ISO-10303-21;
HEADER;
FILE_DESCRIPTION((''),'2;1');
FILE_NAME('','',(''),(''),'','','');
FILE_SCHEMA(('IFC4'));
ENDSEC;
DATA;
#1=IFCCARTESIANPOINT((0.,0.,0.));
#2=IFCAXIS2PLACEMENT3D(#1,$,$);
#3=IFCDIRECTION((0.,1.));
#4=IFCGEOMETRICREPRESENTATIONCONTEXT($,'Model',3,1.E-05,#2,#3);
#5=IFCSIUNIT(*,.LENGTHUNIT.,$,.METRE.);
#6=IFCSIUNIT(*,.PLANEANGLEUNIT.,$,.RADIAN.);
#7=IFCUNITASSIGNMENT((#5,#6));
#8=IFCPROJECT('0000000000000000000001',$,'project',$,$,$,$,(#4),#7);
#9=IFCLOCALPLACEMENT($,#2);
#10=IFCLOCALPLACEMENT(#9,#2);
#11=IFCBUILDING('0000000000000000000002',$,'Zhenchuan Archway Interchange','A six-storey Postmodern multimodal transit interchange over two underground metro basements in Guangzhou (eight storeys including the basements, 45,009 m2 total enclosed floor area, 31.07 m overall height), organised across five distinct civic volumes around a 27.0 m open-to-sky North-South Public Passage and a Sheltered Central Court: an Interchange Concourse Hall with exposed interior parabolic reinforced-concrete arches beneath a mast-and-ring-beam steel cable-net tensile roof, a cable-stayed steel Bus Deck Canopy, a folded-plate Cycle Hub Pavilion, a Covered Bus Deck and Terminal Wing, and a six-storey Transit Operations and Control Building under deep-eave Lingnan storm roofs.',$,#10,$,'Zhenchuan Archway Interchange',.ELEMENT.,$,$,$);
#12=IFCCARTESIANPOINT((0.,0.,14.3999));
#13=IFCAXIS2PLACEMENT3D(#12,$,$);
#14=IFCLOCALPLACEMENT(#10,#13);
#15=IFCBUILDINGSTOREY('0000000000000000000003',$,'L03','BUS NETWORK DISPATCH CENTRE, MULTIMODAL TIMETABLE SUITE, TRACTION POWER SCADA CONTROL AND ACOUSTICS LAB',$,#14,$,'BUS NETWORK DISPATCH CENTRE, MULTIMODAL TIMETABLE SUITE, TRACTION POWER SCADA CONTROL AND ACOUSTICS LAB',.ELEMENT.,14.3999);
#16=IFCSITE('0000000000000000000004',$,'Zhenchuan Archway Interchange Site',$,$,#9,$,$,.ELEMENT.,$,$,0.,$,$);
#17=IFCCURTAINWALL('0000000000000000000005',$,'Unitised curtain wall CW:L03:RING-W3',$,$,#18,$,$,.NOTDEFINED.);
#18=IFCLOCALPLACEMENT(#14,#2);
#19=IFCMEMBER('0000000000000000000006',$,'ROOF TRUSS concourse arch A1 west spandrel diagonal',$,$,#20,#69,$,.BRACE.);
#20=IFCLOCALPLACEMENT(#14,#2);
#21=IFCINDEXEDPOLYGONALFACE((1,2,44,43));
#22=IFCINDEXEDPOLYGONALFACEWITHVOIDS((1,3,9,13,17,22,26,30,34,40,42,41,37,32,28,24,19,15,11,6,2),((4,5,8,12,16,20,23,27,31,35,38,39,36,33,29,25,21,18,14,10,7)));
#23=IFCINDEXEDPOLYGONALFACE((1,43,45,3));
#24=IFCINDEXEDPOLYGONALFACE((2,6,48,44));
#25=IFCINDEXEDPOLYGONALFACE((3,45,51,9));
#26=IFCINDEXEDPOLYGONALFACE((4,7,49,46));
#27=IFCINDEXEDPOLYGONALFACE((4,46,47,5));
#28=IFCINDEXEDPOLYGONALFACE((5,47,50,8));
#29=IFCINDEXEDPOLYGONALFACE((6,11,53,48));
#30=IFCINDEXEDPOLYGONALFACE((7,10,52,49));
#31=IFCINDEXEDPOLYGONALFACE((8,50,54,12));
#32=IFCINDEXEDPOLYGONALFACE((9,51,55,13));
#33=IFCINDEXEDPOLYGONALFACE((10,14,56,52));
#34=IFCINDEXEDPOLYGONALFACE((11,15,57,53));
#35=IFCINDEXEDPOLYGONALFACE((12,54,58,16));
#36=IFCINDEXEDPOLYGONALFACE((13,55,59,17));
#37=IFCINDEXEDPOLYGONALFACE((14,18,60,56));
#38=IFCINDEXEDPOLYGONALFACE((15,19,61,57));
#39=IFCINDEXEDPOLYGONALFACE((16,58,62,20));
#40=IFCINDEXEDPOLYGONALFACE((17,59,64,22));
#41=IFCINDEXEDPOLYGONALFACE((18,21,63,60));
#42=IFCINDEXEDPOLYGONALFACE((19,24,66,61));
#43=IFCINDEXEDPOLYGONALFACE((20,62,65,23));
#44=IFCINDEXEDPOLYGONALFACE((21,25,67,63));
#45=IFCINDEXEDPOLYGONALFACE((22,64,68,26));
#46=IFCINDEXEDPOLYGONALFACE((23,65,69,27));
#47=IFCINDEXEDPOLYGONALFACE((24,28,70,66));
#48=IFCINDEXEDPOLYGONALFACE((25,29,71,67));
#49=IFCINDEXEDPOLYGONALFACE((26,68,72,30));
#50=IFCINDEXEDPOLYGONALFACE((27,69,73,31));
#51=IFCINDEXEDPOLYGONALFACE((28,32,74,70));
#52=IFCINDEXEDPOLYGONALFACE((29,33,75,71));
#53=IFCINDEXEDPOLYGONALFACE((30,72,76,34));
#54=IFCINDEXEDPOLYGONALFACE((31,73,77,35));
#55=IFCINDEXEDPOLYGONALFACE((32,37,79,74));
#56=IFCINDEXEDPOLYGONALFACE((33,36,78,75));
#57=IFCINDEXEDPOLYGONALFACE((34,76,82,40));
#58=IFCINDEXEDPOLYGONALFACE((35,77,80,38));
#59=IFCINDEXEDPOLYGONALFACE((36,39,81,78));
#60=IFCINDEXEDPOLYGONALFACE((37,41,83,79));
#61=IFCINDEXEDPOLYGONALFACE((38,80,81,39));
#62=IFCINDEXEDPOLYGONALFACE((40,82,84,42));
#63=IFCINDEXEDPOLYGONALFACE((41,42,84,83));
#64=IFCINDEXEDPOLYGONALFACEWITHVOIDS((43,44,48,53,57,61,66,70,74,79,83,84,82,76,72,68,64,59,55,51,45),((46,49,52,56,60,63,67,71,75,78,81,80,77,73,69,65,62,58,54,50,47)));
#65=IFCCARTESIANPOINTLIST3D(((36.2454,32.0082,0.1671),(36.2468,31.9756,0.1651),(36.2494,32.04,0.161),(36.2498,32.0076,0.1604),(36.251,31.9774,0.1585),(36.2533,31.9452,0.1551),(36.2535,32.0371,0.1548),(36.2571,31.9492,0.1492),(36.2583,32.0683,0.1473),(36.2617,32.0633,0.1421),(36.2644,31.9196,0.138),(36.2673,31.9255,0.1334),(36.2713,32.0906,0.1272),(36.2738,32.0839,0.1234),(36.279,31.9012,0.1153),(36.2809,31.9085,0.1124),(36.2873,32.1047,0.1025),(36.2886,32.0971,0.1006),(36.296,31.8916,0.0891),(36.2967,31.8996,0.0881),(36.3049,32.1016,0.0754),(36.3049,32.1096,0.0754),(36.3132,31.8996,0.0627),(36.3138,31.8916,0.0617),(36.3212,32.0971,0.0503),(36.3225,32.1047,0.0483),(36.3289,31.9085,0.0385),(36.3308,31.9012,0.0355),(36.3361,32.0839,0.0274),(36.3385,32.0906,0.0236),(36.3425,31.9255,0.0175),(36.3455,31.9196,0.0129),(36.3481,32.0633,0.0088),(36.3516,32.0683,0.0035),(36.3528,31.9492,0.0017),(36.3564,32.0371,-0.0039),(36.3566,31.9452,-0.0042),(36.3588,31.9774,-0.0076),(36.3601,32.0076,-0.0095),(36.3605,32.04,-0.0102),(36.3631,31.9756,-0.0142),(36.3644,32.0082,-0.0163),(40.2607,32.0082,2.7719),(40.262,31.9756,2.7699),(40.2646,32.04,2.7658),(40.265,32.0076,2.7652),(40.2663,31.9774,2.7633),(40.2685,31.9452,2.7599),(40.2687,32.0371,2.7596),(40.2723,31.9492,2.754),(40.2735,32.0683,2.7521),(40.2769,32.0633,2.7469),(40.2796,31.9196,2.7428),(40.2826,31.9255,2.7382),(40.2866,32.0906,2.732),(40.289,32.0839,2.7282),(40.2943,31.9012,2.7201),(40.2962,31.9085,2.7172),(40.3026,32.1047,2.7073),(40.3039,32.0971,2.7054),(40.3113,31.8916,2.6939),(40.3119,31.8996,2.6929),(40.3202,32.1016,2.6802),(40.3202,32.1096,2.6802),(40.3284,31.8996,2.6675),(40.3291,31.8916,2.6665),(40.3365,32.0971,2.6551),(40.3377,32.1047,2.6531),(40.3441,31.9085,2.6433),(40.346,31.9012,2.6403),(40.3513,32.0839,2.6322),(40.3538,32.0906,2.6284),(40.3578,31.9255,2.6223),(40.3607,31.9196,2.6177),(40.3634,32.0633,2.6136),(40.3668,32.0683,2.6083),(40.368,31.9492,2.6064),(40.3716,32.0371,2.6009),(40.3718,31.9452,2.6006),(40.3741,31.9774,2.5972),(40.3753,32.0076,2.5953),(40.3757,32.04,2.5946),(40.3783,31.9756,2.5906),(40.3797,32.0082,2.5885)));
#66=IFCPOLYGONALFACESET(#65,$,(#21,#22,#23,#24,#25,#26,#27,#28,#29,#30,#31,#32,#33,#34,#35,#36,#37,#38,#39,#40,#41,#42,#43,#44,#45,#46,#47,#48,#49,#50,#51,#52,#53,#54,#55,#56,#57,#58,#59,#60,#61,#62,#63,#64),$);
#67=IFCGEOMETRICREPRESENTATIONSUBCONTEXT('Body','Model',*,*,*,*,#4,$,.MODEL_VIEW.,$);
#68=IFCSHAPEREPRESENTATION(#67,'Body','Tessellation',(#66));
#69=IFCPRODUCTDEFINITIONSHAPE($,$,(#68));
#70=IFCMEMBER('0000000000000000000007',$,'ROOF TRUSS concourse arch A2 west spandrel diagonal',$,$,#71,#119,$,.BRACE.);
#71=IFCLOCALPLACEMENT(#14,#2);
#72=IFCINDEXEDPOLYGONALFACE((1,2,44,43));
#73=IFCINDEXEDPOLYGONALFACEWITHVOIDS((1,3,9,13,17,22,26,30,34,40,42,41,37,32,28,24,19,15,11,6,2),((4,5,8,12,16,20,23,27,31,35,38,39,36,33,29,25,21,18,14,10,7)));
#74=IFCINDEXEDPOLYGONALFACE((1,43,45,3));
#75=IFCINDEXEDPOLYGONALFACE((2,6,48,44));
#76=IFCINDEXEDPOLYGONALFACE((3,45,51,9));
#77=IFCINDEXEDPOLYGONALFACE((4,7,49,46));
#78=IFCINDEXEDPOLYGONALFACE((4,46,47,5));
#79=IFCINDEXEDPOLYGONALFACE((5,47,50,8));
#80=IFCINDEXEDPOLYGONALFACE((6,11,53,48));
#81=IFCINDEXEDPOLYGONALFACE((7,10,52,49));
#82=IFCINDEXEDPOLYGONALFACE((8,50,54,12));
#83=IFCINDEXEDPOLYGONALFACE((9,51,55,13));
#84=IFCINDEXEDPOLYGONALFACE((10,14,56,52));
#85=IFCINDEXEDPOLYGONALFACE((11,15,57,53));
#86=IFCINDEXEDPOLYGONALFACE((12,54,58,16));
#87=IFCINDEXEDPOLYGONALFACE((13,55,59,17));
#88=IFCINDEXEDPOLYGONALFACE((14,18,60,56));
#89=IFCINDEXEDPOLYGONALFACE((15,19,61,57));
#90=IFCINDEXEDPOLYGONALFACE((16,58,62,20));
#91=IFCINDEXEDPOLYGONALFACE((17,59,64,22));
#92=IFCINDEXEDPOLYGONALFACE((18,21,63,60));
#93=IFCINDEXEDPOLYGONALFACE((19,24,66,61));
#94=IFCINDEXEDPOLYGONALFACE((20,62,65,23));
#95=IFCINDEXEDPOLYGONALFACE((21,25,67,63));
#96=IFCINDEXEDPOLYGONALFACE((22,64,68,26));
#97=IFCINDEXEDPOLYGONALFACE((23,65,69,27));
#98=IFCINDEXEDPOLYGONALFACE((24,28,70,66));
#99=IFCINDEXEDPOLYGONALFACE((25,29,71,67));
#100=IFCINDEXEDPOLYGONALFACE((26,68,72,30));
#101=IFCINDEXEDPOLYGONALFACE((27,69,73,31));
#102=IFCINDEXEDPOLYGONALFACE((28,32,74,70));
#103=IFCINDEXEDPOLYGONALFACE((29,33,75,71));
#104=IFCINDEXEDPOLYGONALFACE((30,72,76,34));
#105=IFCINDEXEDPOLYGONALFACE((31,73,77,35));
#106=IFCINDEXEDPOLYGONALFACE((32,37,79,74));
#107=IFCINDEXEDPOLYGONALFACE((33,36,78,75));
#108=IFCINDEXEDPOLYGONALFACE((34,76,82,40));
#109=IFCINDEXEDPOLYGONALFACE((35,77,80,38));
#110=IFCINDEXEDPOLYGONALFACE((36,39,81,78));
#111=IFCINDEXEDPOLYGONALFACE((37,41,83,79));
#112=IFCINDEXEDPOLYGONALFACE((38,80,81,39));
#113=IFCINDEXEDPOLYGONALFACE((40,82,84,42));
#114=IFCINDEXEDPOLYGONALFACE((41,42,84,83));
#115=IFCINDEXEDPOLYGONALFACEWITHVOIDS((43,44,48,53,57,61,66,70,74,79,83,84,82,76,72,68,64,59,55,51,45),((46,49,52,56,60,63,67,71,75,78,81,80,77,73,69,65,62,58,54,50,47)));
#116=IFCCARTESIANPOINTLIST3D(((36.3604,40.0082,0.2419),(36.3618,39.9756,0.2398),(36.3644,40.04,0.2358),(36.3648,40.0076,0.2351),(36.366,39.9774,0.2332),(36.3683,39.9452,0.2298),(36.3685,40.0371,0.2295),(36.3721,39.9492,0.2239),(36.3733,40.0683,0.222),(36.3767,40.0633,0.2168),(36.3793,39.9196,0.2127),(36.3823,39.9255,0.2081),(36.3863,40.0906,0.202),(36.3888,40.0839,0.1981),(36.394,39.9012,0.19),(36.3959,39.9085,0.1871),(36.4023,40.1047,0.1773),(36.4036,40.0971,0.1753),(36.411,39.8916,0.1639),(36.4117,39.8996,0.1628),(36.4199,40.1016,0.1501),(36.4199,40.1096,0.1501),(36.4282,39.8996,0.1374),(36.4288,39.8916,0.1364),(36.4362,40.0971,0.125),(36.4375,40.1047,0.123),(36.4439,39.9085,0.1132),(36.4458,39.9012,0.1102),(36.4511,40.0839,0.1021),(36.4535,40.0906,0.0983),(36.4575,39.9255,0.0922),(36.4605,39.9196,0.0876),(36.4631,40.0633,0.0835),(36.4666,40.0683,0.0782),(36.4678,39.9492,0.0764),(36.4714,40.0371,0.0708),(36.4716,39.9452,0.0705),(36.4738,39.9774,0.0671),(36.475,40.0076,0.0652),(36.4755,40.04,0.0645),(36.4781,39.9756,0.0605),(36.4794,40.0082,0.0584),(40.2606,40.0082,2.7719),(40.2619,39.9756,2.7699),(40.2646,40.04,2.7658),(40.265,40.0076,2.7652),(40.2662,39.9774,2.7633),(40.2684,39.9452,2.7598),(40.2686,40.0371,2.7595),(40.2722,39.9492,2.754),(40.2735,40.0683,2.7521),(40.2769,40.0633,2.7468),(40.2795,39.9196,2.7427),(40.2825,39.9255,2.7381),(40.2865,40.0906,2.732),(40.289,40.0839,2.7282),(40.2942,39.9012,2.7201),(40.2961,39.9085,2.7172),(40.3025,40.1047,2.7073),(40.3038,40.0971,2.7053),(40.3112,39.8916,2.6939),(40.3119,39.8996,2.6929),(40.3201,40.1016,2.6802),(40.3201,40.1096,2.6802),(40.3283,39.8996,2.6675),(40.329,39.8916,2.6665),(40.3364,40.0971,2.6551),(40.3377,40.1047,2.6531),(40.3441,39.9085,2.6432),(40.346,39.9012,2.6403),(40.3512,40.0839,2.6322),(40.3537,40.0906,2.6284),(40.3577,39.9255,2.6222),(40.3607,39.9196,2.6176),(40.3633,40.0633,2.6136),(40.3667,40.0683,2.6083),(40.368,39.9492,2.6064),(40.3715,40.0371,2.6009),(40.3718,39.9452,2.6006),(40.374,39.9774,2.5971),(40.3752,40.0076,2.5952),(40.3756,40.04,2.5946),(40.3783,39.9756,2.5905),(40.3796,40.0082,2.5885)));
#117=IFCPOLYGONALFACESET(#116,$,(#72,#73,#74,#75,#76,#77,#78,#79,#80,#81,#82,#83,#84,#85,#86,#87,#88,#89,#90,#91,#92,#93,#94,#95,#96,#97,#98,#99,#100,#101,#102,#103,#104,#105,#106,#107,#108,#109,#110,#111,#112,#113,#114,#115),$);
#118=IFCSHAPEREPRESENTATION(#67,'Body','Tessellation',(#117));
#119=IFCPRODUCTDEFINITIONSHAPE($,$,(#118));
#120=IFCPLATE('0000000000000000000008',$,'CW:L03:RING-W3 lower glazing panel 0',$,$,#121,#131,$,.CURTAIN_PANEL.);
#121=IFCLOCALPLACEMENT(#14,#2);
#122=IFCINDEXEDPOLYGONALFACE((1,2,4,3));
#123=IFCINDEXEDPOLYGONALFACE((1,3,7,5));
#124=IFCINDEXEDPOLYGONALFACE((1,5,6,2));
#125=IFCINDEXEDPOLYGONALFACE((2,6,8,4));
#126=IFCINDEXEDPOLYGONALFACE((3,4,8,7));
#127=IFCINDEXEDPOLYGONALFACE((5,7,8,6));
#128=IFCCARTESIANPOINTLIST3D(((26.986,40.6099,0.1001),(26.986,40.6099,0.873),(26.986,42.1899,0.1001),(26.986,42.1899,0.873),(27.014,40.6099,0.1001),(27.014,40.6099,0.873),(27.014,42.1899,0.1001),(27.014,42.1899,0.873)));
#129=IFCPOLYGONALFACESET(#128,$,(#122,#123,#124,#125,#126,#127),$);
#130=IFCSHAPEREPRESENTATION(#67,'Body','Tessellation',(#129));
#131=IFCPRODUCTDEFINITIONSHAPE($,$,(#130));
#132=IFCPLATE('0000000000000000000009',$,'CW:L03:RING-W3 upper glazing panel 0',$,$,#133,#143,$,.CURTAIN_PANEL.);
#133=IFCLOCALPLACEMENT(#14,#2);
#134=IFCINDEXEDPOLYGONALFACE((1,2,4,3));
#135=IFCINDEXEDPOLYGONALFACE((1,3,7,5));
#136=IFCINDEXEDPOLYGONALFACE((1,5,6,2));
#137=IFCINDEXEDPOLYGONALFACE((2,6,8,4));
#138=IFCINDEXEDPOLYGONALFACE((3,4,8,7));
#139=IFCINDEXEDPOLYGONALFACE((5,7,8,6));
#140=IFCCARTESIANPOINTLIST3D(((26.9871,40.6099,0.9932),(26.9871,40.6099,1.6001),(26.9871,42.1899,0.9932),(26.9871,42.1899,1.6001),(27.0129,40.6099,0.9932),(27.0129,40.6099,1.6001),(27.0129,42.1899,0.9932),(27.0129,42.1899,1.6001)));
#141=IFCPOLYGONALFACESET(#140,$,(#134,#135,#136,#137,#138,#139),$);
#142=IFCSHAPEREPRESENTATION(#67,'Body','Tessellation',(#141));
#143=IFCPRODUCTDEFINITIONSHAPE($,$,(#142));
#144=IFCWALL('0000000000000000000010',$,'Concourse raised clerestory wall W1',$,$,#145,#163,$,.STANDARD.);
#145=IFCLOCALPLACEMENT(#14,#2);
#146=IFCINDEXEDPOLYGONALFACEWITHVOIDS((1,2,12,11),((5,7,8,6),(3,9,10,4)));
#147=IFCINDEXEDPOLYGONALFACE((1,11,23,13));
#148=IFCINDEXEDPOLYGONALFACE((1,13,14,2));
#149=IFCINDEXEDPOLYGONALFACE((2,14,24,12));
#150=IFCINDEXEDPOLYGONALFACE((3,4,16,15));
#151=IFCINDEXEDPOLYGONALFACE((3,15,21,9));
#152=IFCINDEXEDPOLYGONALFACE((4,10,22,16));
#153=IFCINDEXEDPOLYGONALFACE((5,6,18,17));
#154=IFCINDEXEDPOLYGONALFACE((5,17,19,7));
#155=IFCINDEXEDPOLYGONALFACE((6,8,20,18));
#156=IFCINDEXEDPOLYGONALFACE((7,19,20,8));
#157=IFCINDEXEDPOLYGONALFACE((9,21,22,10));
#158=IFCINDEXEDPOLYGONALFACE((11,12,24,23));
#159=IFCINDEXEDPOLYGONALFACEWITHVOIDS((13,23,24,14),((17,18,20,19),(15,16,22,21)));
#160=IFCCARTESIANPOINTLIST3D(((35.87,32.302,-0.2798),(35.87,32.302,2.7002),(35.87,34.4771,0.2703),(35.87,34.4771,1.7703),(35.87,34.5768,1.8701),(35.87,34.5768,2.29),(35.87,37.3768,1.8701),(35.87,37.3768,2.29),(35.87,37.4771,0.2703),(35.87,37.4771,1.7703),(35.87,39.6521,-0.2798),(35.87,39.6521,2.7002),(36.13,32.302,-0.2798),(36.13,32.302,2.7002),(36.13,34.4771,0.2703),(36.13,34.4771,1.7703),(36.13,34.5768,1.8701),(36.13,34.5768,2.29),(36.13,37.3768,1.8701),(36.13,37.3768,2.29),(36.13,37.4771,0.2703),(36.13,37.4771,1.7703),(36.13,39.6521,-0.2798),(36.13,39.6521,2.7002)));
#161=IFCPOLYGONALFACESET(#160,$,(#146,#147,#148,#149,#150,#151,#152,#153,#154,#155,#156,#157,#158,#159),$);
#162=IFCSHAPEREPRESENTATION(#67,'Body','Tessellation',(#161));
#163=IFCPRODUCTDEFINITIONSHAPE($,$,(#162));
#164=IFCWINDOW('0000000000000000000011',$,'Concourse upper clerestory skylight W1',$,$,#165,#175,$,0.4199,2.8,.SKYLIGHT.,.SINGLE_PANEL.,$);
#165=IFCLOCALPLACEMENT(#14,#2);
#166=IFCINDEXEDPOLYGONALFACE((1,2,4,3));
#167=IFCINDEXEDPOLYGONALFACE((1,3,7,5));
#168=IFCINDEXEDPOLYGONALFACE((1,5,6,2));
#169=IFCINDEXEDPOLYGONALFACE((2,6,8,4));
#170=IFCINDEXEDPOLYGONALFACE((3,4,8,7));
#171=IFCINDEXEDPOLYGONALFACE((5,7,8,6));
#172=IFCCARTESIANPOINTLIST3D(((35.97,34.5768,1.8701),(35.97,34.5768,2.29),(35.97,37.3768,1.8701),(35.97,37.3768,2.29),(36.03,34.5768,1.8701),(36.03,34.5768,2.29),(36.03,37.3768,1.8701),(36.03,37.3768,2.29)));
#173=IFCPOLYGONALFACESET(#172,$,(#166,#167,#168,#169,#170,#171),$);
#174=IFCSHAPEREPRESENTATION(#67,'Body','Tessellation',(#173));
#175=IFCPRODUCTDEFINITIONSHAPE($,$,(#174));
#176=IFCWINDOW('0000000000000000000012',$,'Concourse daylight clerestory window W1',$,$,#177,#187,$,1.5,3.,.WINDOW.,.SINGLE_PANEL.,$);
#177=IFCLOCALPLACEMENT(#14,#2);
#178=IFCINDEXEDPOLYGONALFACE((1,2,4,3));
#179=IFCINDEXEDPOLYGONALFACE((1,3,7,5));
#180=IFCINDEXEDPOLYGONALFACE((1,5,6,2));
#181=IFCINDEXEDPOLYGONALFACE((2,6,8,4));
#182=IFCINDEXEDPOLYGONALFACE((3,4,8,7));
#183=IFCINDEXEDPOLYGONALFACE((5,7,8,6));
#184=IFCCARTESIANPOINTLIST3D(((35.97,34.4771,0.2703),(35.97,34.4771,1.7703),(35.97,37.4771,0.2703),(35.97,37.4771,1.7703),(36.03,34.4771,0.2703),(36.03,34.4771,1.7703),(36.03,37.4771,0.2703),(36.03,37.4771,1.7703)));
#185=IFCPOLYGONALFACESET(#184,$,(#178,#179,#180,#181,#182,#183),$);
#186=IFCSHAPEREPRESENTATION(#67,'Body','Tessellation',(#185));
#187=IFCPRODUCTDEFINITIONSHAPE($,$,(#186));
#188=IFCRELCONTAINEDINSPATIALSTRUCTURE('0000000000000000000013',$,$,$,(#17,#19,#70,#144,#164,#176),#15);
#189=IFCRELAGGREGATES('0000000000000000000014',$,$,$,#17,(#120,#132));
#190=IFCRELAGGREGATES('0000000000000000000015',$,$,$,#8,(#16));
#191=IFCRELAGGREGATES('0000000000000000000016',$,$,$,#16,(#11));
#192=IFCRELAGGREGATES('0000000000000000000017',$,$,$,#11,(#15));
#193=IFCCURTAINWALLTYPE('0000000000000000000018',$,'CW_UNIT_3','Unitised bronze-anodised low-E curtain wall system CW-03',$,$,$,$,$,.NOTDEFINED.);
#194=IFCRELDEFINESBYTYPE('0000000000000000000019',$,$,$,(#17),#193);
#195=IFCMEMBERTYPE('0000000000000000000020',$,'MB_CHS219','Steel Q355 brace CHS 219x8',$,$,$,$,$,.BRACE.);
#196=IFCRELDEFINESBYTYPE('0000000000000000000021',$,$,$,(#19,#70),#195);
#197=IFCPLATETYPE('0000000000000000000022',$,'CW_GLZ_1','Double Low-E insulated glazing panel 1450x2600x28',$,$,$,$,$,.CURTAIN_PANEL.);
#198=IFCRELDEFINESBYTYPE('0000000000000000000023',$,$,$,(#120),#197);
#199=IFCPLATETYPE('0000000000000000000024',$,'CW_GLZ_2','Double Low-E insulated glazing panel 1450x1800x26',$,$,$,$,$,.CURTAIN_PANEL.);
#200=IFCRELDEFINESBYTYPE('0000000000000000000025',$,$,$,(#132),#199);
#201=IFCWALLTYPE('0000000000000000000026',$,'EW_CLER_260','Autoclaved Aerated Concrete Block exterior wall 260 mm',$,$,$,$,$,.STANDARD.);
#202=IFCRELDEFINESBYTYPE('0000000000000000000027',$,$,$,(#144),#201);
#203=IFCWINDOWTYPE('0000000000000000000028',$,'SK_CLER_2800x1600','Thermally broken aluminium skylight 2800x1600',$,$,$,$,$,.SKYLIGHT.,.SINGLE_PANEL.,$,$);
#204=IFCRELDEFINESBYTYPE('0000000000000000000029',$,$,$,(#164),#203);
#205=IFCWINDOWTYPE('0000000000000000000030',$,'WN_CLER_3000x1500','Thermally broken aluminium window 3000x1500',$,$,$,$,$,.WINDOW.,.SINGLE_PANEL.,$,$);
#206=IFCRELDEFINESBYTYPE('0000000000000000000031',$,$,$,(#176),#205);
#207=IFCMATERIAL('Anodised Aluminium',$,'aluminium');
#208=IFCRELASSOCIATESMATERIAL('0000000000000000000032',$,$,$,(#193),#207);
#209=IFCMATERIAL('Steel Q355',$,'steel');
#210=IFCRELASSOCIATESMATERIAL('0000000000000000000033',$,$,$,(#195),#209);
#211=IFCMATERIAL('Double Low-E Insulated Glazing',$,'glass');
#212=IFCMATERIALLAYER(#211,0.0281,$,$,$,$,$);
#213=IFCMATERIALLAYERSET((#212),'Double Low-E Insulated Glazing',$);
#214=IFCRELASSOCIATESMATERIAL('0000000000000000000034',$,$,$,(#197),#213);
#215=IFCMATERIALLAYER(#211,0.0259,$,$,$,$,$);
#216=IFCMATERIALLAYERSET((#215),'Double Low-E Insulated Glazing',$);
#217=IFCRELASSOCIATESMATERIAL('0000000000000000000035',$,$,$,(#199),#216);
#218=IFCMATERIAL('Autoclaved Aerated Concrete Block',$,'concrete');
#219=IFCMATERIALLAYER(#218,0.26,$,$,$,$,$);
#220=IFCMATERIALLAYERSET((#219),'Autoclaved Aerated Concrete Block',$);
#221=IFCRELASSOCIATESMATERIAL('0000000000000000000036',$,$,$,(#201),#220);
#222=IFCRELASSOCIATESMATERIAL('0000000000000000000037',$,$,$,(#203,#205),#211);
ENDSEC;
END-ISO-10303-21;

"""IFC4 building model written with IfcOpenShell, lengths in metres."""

from ifc_helpers import new_model, si_unit, direction, frame, frame_2d, origin, origin_2d, place, context, subcontext, project, spatial, rectangle, hollow_circle, extrude, material, layer, layer_set, material_profile, profile_set, type_object, element, fill, aggregate, save


model = new_model("IFC4")

# Units and contexts
model_context = context("Model", 3, precision=1e-05, world=origin(), true_north=direction((0.0, 1.0)))
body_context = subcontext(model_context, "Body", "Model", "MODEL_VIEW")
ifc_project = project(units=[si_unit("LENGTHUNIT", "METRE"), si_unit("PLANEANGLEUNIT", "RADIAN")], contexts=[model_context])

# Site, building, storey
site_placement = place(None, origin())
site = spatial("IfcSite", under=ifc_project, at=site_placement, Name="Zhenchuan Archway Interchange Site", CompositionType="ELEMENT", RefElevation=0.0)
building_placement = place(site_placement, origin())
building = spatial("IfcBuilding", under=site, at=building_placement, Name="Zhenchuan Archway Interchange", Description="A six-storey Postmodern multimodal transit interchange over two underground metro basements in Guangzhou (eight storeys including the basements, 45,009 m2 total enclosed floor area, 31.07 m overall height), organised across five distinct civic volumes around a 27.0 m open-to-sky North-South Public Passage and a Sheltered Central Court: an Interchange Concourse Hall with exposed interior parabolic reinforced-concrete arches beneath a mast-and-ring-beam steel cable-net tensile roof, a cable-stayed steel Bus Deck Canopy, a folded-plate Cycle Hub Pavilion, a Covered Bus Deck and Terminal Wing, and a six-storey Transit Operations and Control Building under deep-eave Lingnan storm roofs.", LongName="Zhenchuan Archway Interchange", CompositionType="ELEMENT")
storey_placement = place(building_placement, frame((0.0, 0.0, 14.3999)))
storey = spatial("IfcBuildingStorey", under=building, at=storey_placement, Name="L03", Description="BUS NETWORK DISPATCH CENTRE, MULTIMODAL TIMETABLE SUITE, TRACTION POWER SCADA CONTROL AND ACOUSTICS LAB", LongName="BUS NETWORK DISPATCH CENTRE, MULTIMODAL TIMETABLE SUITE, TRACTION POWER SCADA CONTROL AND ACOUSTICS LAB", CompositionType="ELEMENT", Elevation=14.3999)

# Shared definitions
ifc_material_1 = material(Name="Steel Q355", Category="steel")

# Curtain wall
ifc_material_2 = material(Name="Anodised Aluminium", Category="aluminium")
curtain_wall_type = type_object("IfcCurtainWallType", Name="CW_UNIT_3", Description="Unitised bronze-anodised low-E curtain wall system CW-03", PredefinedType="NOTDEFINED", material=ifc_material_2)
curtain_wall_placement = place(storey_placement, origin())
curtain_wall = element("IfcCurtainWall", 1, at=curtain_wall_placement, inside=storey, type_object=curtain_wall_type, Name="Unitised curtain wall CW:L03:RING-W3", PredefinedType="NOTDEFINED")

# Members
ifc_material_profile_1 = material_profile(ifc_material_1, hollow_circle(Radius=0.1096, WallThickness=0.0081, at=origin_2d()), Name="CHS 219x8")
ifc_profile_set_1 = profile_set([ifc_material_profile_1], Name="Steel Q355")
member_type_1 = type_object("IfcMemberType", Name="MB_CHS219", Description="Steel Q355 brace CHS 219x8", PredefinedType="BRACE", material=ifc_profile_set_1)
member_1_placement = place(storey_placement, frame((36.3049, 32.0, 0.0754), z_axis=(0.83893, 0.0, 0.544239), x_axis=(0.0, 1.0, 0.0)))
element("IfcMember", 2, at=member_1_placement, inside=storey, type_object=member_type_1, Name="ROOF TRUSS concourse arch A1 west spandrel diagonal", PredefinedType="BRACE", context=body_context, shape_type="SweptSolid", body=[
    extrude(hollow_circle(Radius=0.1096, WallThickness=0.0081, at=origin_2d()), origin(), (0.0, 0.0, 1.0), 4.7861),
])
member_2_placement = place(storey_placement, frame((36.4199, 40.0, 0.1501), z_axis=(0.838941, 0.0, 0.544222), x_axis=(0.0, 1.0, 0.0)))
element("IfcMember", 3, at=member_2_placement, inside=storey, type_object=member_type_1, Name="ROOF TRUSS concourse arch A2 west spandrel diagonal", PredefinedType="BRACE", context=body_context, shape_type="SweptSolid", body=[
    extrude(hollow_circle(Radius=0.1096, WallThickness=0.0081, at=origin_2d()), origin(), (0.0, 0.0, 1.0), 4.6489),
])

# Plates
ifc_material_3 = material(Name="Double Low-E Insulated Glazing", Category="glass")
ifc_layer_1 = layer(ifc_material_3, 0.0281)
ifc_layer_set_1 = layer_set([ifc_layer_1], Name="Double Low-E Insulated Glazing")
plate_type_1 = type_object("IfcPlateType", Name="CW_GLZ_1", Description="Double Low-E insulated glazing panel 1450x2600x28", PredefinedType="CURTAIN_PANEL", material=ifc_layer_set_1)
plate_1_placement = place(storey_placement, frame((27.0, 41.3999, 0.1001), z_axis=(0.0, 0.0, 1.0), x_axis=(0.0, 1.0, 0.0)))
plate_1 = element("IfcPlate", 4, at=plate_1_placement, type_object=plate_type_1, Name="CW:L03:RING-W3 lower glazing panel 0", PredefinedType="CURTAIN_PANEL", context=body_context, shape_type="SweptSolid", body=[
    extrude(rectangle(XDim=1.5801, YDim=0.0281, at=origin_2d()), origin(), (0.0, 0.0, 1.0), 0.7729),
])
ifc_layer_2 = layer(ifc_material_3, 0.0259)
ifc_layer_set_2 = layer_set([ifc_layer_2], Name="Double Low-E Insulated Glazing")
plate_type_2 = type_object("IfcPlateType", Name="CW_GLZ_2", Description="Double Low-E insulated glazing panel 1450x1800x26", PredefinedType="CURTAIN_PANEL", material=ifc_layer_set_2)
plate_2_placement = place(storey_placement, frame((27.0, 41.3999, 0.9932), z_axis=(0.0, 0.0, 1.0), x_axis=(0.0, 1.0, 0.0)))
plate_2 = element("IfcPlate", 5, at=plate_2_placement, type_object=plate_type_2, Name="CW:L03:RING-W3 upper glazing panel 0", PredefinedType="CURTAIN_PANEL", context=body_context, shape_type="SweptSolid", body=[
    extrude(rectangle(XDim=1.5801, YDim=0.0259, at=origin_2d()), origin(), (0.0, 0.0, 1.0), 0.6069),
])
aggregate(curtain_wall, [plate_1, plate_2])

# Wall, openings, windows
ifc_material_4 = material(Name="Autoclaved Aerated Concrete Block", Category="concrete")
ifc_layer_3 = layer(ifc_material_4, 0.26)
ifc_layer_set_3 = layer_set([ifc_layer_3], Name="Autoclaved Aerated Concrete Block")
wall_type = type_object("IfcWallType", Name="EW_CLER_260", Description="Autoclaved Aerated Concrete Block exterior wall 260 mm", PredefinedType="STANDARD", material=ifc_layer_set_3)
wall_1_placement = place(storey_placement, frame((36.0, 32.302, -0.2798), z_axis=(0.0, 0.0, 1.0), x_axis=(0.0, 1.0, 0.0)))
wall_1 = element("IfcWall", 6, at=wall_1_placement, inside=storey, type_object=wall_type, Name="Concourse raised clerestory wall W1", PredefinedType="STANDARD", context=body_context, shape_type="SweptSolid", body=[
    extrude(rectangle(XDim=7.3501, YDim=0.26, at=frame_2d((3.675, 0.0))), origin(), (0.0, 0.0, 1.0), 2.98),
])
opening_1_placement = place(wall_1_placement, frame((2.175, 0.0, 0.55)))
opening_1 = element("IfcOpeningElement", 7, at=opening_1_placement, cuts=wall_1, PredefinedType="OPENING", context=body_context, shape_type="SweptSolid", body=[
    extrude(rectangle(XDim=3.0, YDim=1.5, at=frame_2d((1.5, 0.75))), frame((0.0, 0.1421, 0.0), z_axis=(0.0, -1.0, 0.0), x_axis=(1.0, 0.0, 0.0)), (0.0, 0.0, 1.0), 0.2839),
])
opening_2_placement = place(wall_1_placement, frame((2.2749, 0.0, 2.1499)))
opening_2 = element("IfcOpeningElement", 8, at=opening_2_placement, cuts=wall_1, PredefinedType="OPENING", context=body_context, shape_type="SweptSolid", body=[
    extrude(rectangle(XDim=2.8, YDim=0.4199, at=frame_2d((1.3999, 0.21))), frame((0.0, 0.1421, 0.0), z_axis=(0.0, -1.0, 0.0), x_axis=(1.0, 0.0, 0.0)), (0.0, 0.0, 1.0), 0.2839),
])
window_type_1 = type_object("IfcWindowType", Name="SK_CLER_2800x1600", Description="Thermally broken aluminium skylight 2800x1600", PartitioningType="SINGLE_PANEL", PredefinedType="SKYLIGHT", material=ifc_material_3)
window_1_placement = place(opening_2_placement, origin())
window_1 = element("IfcWindow", 9, at=window_1_placement, inside=storey, type_object=window_type_1, Name="Concourse upper clerestory skylight W1", OverallHeight=0.4199, OverallWidth=2.8, PartitioningType="SINGLE_PANEL", PredefinedType="SKYLIGHT", context=body_context, shape_type="SweptSolid", body=[
    extrude(rectangle(XDim=2.8, YDim=0.4199, at=frame_2d((1.3999, 0.21))), frame((0.0, 0.03, 0.0), z_axis=(0.0, -1.0, 0.0), x_axis=(1.0, 0.0, 0.0)), (0.0, 0.0, 1.0), 0.0601),
])
fill(opening_2, window_1)
window_type_2 = type_object("IfcWindowType", Name="WN_CLER_3000x1500", Description="Thermally broken aluminium window 3000x1500", PartitioningType="SINGLE_PANEL", PredefinedType="WINDOW", material=ifc_material_3)
window_2_placement = place(opening_1_placement, origin())
window_2 = element("IfcWindow", 10, at=window_2_placement, inside=storey, type_object=window_type_2, Name="Concourse daylight clerestory window W1", OverallHeight=1.5, OverallWidth=3.0, PartitioningType="SINGLE_PANEL", PredefinedType="WINDOW", context=body_context, shape_type="SweptSolid", body=[
    extrude(rectangle(XDim=3.0, YDim=1.5, at=frame_2d((1.5, 0.75))), frame((0.0, 0.03, 0.0), z_axis=(0.0, -1.0, 0.0), x_axis=(1.0, 0.0, 0.0)), (0.0, 0.0, 1.0), 0.0601),
])
fill(opening_1, window_2)

save(model, "model.ifc")
